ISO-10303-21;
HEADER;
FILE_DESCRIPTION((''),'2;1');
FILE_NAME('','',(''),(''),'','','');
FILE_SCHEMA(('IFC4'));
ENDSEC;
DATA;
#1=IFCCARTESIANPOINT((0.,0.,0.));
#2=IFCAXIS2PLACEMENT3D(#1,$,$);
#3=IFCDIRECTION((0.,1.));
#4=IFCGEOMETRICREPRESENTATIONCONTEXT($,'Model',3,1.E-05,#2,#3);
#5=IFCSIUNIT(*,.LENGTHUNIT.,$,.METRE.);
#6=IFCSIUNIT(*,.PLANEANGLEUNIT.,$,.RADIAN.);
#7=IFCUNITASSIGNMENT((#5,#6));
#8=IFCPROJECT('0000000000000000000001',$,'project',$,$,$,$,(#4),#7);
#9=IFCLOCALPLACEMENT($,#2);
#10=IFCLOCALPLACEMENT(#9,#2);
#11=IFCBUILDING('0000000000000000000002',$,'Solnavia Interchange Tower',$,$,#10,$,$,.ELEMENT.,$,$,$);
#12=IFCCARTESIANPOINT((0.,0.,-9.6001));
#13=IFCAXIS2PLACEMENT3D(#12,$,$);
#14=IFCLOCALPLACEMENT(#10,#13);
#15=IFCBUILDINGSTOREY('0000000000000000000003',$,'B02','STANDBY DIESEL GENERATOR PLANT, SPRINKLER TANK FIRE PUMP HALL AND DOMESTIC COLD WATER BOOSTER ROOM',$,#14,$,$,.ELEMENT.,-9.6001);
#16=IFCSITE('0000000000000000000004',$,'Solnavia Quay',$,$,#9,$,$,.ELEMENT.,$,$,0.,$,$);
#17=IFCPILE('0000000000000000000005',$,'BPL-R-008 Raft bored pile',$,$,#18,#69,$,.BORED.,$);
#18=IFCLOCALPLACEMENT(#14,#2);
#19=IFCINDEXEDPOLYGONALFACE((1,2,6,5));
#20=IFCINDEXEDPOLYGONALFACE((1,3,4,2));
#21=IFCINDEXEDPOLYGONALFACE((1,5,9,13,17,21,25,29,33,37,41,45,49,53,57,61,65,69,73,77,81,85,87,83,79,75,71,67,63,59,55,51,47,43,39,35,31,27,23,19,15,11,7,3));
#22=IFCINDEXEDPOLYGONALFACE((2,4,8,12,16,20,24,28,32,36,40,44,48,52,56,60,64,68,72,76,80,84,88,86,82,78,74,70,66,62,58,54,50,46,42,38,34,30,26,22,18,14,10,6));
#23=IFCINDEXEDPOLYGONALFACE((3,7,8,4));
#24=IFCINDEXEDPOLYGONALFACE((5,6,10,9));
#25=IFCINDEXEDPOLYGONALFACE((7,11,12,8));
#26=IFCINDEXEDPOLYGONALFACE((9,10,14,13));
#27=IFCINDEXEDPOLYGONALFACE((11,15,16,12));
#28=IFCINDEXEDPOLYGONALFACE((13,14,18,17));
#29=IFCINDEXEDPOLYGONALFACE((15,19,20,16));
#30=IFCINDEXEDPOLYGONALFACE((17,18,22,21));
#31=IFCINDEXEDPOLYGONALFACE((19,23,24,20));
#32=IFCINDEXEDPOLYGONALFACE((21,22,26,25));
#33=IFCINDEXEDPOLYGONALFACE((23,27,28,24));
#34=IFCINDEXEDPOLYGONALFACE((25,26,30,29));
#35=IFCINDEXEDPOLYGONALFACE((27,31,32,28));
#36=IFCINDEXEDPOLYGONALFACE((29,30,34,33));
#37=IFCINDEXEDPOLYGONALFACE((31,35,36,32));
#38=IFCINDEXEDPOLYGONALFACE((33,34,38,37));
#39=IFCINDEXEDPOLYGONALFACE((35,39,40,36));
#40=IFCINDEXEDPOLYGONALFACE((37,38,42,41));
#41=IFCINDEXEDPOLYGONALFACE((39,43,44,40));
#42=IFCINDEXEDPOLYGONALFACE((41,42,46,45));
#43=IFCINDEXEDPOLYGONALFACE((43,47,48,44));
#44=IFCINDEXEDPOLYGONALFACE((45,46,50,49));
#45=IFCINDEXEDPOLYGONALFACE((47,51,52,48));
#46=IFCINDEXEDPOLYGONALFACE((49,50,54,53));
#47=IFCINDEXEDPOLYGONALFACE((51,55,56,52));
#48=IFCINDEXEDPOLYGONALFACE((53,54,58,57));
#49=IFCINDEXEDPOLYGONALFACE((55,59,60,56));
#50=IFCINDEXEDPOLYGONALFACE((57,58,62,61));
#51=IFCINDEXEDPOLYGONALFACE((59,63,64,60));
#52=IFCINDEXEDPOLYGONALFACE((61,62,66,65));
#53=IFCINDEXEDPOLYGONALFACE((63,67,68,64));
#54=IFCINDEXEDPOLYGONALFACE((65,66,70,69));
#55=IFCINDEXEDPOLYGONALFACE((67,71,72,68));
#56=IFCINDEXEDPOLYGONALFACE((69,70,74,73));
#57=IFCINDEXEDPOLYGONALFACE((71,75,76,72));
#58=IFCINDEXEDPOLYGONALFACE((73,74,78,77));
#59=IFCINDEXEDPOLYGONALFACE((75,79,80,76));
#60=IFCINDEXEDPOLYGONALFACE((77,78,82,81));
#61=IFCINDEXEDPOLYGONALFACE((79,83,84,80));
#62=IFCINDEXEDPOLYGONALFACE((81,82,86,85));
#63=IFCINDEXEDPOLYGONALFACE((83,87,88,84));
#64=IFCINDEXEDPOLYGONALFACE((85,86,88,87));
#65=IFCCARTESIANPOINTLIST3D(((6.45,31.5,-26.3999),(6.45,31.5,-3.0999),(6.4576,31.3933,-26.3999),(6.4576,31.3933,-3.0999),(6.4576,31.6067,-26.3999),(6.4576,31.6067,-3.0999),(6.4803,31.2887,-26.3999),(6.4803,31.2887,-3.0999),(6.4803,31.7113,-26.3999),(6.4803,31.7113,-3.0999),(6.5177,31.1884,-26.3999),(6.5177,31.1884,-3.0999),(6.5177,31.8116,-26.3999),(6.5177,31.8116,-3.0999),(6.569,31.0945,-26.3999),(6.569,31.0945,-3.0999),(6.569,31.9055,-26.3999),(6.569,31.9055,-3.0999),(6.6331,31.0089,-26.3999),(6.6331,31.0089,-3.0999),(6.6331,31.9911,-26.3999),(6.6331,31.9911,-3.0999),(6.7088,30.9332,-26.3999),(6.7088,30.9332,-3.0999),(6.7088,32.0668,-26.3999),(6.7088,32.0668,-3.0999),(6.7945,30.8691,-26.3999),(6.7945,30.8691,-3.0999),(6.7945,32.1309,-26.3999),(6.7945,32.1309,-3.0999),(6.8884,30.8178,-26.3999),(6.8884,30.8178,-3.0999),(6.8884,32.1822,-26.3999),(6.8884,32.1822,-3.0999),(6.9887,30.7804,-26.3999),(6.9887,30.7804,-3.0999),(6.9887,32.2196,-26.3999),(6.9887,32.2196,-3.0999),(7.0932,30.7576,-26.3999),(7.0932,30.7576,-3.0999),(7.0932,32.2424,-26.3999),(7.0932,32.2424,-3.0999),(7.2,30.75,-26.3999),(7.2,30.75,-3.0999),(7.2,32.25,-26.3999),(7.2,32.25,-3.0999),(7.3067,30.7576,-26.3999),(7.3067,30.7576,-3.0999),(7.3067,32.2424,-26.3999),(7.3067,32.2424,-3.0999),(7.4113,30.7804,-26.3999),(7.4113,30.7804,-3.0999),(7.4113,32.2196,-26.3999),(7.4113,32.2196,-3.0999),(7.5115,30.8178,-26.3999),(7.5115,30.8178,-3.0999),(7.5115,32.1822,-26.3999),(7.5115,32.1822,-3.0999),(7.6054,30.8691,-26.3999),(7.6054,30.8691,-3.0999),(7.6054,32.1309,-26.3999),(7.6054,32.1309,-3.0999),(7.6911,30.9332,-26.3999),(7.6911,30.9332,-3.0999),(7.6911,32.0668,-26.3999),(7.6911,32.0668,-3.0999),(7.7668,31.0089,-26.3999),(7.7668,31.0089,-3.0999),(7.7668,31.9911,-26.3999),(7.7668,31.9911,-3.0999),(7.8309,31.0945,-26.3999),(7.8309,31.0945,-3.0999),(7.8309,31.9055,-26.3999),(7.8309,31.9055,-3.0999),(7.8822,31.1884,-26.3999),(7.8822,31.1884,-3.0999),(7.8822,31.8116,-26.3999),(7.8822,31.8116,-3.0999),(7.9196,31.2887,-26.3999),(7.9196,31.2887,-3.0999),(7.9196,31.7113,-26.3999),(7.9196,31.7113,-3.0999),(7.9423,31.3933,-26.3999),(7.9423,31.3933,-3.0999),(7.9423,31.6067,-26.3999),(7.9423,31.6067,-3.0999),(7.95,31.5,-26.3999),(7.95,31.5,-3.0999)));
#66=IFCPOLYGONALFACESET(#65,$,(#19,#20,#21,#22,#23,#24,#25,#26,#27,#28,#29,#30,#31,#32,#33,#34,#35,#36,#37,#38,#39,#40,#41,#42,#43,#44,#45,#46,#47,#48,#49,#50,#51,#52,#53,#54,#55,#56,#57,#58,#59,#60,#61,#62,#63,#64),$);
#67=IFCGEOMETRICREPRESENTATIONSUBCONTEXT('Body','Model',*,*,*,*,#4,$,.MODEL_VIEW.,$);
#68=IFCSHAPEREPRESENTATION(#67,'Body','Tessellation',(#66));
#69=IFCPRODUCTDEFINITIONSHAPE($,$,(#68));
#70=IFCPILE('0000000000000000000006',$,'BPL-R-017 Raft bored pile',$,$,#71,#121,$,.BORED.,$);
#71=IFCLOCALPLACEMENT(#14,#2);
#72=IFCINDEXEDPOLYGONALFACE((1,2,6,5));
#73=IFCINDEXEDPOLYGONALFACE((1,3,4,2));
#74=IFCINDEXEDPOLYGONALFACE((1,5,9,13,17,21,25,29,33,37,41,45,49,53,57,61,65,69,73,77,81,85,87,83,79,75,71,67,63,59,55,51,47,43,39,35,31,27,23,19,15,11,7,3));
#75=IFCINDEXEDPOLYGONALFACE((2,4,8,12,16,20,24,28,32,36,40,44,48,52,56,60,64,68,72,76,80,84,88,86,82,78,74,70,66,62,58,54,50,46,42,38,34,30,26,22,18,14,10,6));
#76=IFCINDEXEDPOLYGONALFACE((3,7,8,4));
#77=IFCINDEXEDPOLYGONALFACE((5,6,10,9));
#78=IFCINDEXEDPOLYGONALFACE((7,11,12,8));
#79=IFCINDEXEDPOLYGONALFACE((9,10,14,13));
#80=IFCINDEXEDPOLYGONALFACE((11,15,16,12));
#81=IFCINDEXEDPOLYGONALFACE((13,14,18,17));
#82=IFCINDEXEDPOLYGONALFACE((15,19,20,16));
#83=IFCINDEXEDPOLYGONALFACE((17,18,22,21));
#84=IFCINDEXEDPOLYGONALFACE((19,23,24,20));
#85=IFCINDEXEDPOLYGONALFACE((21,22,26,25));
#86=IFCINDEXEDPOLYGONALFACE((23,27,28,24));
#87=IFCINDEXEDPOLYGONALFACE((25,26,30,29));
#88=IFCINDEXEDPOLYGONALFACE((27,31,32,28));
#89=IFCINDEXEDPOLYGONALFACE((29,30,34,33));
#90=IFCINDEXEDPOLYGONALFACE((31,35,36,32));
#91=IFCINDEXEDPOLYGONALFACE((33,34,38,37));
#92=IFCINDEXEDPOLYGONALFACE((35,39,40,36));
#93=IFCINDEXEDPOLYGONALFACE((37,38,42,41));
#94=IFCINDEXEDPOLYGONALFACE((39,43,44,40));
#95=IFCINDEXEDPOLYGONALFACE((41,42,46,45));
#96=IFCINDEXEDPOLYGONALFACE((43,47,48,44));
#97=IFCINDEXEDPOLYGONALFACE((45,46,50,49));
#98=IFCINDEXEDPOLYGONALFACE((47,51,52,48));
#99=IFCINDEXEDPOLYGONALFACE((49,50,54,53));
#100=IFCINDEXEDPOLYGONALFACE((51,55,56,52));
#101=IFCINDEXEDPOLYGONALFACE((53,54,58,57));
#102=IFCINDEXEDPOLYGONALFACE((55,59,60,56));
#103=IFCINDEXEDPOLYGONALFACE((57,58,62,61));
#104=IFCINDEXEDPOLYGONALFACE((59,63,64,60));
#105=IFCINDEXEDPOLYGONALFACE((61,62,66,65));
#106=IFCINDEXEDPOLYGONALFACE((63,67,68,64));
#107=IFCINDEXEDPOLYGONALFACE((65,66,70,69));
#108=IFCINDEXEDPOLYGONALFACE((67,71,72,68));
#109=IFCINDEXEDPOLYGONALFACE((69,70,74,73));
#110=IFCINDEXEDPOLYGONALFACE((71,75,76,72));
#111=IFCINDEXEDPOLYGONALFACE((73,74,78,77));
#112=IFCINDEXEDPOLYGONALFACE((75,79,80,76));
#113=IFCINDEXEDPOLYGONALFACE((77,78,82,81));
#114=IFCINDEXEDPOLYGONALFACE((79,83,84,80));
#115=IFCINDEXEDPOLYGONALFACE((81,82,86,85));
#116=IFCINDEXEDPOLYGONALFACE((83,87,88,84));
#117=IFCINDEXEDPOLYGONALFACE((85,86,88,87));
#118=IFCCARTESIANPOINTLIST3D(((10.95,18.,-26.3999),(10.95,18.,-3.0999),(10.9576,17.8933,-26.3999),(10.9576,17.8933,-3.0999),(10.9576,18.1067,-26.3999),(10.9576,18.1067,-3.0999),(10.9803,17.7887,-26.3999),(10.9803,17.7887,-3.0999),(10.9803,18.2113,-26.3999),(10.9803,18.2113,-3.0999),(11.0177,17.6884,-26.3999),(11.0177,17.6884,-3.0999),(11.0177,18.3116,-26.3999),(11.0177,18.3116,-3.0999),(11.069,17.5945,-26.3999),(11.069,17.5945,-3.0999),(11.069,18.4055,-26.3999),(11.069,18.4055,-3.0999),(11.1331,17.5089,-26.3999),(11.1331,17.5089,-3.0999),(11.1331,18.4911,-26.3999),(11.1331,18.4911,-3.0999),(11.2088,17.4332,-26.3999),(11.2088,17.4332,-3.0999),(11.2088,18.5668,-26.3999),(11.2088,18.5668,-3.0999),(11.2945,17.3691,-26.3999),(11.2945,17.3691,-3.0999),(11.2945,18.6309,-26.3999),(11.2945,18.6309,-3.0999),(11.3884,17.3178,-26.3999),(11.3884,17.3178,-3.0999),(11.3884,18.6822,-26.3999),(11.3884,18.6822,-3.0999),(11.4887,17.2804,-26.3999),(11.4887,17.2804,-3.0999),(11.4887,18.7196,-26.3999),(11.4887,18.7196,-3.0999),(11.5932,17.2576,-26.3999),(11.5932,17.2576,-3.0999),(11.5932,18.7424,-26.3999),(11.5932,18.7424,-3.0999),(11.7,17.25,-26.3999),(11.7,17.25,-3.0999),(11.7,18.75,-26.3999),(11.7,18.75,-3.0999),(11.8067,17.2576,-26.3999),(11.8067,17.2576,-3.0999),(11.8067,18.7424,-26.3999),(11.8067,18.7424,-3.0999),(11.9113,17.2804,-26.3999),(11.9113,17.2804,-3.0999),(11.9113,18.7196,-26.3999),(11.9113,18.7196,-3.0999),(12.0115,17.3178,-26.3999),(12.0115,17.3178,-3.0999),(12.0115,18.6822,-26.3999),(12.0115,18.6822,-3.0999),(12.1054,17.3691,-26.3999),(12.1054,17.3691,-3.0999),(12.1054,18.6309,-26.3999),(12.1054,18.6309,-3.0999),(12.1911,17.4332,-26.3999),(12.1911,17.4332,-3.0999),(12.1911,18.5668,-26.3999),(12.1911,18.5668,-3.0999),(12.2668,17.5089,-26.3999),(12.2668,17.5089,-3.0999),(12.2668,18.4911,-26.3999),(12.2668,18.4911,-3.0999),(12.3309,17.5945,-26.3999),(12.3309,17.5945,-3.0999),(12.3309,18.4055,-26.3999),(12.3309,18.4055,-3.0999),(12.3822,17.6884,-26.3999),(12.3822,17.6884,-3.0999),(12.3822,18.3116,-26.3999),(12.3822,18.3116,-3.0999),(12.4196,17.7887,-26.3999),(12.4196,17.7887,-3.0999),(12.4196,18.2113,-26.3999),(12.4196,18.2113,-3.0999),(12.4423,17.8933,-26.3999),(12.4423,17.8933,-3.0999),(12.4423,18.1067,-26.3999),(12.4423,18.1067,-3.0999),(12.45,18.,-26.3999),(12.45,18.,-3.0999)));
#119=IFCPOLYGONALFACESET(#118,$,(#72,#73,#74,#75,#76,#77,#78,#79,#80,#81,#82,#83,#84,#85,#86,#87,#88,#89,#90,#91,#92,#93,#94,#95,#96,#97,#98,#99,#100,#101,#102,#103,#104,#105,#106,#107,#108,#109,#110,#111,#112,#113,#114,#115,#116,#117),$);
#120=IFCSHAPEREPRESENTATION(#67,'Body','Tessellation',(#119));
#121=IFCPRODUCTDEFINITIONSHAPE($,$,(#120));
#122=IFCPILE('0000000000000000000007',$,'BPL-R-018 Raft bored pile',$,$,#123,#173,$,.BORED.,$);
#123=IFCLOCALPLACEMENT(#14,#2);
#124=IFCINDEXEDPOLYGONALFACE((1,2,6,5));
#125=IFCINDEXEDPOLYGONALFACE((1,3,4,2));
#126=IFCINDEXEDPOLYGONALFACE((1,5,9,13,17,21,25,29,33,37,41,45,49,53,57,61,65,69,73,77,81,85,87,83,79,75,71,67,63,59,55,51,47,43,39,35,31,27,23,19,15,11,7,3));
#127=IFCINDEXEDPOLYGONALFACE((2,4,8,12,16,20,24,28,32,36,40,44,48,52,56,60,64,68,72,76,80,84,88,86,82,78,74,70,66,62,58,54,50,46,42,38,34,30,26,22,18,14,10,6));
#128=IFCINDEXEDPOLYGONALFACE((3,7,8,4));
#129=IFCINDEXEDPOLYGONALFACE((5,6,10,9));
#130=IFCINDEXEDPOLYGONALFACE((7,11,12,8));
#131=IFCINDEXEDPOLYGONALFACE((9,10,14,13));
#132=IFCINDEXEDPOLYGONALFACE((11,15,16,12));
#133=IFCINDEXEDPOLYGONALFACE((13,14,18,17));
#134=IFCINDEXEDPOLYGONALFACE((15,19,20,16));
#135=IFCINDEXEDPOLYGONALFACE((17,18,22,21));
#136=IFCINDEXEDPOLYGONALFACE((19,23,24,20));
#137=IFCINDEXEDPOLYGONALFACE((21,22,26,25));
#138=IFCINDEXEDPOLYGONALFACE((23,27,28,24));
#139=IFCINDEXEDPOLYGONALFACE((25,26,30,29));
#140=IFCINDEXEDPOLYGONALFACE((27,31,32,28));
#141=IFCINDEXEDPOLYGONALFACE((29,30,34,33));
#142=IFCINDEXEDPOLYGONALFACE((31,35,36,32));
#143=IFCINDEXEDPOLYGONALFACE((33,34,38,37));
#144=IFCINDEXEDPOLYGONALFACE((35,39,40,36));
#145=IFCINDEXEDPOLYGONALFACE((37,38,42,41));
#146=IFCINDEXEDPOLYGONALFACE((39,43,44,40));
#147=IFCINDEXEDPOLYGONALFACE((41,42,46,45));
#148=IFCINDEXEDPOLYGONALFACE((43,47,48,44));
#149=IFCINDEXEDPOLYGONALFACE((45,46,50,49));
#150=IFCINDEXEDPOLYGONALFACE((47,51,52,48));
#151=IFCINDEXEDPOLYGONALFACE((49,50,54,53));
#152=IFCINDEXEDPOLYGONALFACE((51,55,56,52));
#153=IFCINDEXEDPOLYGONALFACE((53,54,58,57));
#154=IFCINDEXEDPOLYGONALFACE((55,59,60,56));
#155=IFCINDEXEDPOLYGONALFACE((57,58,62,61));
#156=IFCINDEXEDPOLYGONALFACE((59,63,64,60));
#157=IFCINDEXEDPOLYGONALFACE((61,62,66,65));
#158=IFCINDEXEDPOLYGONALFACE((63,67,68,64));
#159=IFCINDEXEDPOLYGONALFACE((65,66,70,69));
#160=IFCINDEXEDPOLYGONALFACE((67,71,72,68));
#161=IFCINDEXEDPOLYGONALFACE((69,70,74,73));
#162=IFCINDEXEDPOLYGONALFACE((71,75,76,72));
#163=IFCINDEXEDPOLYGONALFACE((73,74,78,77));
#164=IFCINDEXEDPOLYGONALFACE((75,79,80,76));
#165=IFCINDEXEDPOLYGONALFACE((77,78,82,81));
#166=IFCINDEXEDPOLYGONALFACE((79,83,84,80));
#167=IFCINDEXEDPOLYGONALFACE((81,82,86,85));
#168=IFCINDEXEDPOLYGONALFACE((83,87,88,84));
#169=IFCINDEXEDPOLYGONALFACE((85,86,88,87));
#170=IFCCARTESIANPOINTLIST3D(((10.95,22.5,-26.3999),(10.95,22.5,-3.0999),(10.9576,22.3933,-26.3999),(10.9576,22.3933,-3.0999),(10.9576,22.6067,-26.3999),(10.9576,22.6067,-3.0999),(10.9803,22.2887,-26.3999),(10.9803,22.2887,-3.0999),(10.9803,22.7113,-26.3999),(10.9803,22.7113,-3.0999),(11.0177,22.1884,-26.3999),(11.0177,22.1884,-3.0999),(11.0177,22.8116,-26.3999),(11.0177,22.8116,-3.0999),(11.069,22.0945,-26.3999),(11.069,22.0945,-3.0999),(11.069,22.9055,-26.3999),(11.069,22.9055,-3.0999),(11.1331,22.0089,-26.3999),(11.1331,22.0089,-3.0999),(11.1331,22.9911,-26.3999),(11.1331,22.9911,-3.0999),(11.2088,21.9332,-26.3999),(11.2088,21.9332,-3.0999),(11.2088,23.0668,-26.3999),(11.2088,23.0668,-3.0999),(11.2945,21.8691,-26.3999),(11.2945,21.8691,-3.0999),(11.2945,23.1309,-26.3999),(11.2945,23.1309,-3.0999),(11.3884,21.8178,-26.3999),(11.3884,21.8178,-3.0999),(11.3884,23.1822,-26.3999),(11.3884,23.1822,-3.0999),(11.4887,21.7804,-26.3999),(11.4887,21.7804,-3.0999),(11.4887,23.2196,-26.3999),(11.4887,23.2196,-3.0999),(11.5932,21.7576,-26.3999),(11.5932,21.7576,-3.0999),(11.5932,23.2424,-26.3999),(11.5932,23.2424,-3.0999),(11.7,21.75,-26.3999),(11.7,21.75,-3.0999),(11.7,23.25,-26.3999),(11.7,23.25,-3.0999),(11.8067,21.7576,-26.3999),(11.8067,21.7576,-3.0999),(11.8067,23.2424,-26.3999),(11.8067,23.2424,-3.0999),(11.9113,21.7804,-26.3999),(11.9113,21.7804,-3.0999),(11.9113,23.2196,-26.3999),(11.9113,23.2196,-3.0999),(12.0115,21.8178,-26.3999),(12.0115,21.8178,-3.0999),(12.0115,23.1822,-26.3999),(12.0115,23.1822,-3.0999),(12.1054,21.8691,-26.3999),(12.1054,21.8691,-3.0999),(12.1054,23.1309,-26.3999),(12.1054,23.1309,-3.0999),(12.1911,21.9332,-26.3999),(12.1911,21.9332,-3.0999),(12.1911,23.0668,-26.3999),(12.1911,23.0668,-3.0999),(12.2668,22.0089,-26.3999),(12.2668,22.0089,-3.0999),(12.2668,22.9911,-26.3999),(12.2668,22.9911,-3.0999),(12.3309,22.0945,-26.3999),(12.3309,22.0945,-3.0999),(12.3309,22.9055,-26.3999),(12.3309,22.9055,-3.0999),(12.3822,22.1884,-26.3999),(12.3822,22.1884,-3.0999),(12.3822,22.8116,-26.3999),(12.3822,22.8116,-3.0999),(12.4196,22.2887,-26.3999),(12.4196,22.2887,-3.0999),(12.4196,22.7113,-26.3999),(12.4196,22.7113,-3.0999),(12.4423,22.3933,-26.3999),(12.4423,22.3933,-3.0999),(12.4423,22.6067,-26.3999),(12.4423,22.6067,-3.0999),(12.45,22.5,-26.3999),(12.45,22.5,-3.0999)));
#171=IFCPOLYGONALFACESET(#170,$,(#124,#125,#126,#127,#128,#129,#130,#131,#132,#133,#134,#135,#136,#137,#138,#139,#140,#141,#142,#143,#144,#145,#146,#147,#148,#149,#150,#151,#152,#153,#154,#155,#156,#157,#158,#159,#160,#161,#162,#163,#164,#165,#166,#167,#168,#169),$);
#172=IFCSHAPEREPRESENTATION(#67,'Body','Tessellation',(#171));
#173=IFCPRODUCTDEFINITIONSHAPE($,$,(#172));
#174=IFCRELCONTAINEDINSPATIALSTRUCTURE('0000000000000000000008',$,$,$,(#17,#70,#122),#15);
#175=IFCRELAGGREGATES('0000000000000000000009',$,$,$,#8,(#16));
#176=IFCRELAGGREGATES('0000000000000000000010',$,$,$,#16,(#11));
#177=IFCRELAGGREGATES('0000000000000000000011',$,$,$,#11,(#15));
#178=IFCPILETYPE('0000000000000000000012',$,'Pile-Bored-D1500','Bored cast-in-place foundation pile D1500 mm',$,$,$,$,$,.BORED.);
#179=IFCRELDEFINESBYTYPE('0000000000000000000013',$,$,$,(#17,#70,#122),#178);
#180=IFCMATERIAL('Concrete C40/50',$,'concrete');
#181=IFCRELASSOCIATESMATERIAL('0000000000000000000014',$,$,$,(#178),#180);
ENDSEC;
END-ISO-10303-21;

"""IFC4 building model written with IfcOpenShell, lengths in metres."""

from ifc_helpers import new_model, si_unit, direction, frame, origin, origin_2d, place, context, subcontext, project, spatial, circle, extrude, material, material_profile, profile_set, type_object, element, save


model = new_model("IFC4")

# Units and contexts
model_context = context("Model", 3, precision=1e-05, world=origin(), true_north=direction((0.0, 1.0)))
body_context = subcontext(model_context, "Body", "Model", "MODEL_VIEW")
ifc_project = project(units=[si_unit("LENGTHUNIT", "METRE"), si_unit("PLANEANGLEUNIT", "RADIAN")], contexts=[model_context])

# Site, building, storey
site_placement = place(None, origin())
site = spatial("IfcSite", under=ifc_project, at=site_placement, Name="Solnavia Quay", CompositionType="ELEMENT", RefElevation=0.0)
building_placement = place(site_placement, origin())
building = spatial("IfcBuilding", under=site, at=building_placement, Name="Solnavia Interchange Tower", CompositionType="ELEMENT")
storey_placement = place(building_placement, frame((0.0, 0.0, -9.6001)))
storey = spatial("IfcBuildingStorey", under=building, at=storey_placement, Name="B02", Description="STANDBY DIESEL GENERATOR PLANT, SPRINKLER TANK FIRE PUMP HALL AND DOMESTIC COLD WATER BOOSTER ROOM", CompositionType="ELEMENT", Elevation=-9.6001)

# Shared definitions
ifc_material_1 = material(Name="Concrete C40/50", Category="concrete")

# Piles
ifc_material_profile_1 = material_profile(ifc_material_1, circle(Radius=0.75, at=origin_2d()), Name="PILE D1500")
ifc_profile_set_1 = profile_set([ifc_material_profile_1], Name="Concrete C40/50")
pile_type_1 = type_object("IfcPileType", Name="Pile-Bored-D1500", Description="Bored cast-in-place foundation pile D1500 mm", PredefinedType="BORED", material=ifc_profile_set_1)
for number, where, z_axis, x_axis, name in (
    (1, (7.2, 31.5, -3.0999), (0.0, 0.0, -1.0), (1.0, 0.0, 0.0), "BPL-R-008 Raft bored pile"),
    (2, (11.7, 18.0, -3.0999), (0.0, 0.0, -1.0), (1.0, 0.0, 0.0), "BPL-R-017 Raft bored pile"),
    (3, (11.7, 22.5, -3.0999), (0.0, 0.0, -1.0), (1.0, 0.0, 0.0), "BPL-R-018 Raft bored pile"),
):
    element("IfcPile", number, at=place(storey_placement, frame(where, z_axis=z_axis, x_axis=x_axis)), inside=storey, type_object=pile_type_1, Name=name, PredefinedType="BORED", context=body_context, shape_type="SweptSolid", body=[
        extrude(circle(Radius=0.75, at=origin_2d()), origin(), (0.0, 0.0, 1.0), 23.3),
    ])

save(model, "model.ifc")
